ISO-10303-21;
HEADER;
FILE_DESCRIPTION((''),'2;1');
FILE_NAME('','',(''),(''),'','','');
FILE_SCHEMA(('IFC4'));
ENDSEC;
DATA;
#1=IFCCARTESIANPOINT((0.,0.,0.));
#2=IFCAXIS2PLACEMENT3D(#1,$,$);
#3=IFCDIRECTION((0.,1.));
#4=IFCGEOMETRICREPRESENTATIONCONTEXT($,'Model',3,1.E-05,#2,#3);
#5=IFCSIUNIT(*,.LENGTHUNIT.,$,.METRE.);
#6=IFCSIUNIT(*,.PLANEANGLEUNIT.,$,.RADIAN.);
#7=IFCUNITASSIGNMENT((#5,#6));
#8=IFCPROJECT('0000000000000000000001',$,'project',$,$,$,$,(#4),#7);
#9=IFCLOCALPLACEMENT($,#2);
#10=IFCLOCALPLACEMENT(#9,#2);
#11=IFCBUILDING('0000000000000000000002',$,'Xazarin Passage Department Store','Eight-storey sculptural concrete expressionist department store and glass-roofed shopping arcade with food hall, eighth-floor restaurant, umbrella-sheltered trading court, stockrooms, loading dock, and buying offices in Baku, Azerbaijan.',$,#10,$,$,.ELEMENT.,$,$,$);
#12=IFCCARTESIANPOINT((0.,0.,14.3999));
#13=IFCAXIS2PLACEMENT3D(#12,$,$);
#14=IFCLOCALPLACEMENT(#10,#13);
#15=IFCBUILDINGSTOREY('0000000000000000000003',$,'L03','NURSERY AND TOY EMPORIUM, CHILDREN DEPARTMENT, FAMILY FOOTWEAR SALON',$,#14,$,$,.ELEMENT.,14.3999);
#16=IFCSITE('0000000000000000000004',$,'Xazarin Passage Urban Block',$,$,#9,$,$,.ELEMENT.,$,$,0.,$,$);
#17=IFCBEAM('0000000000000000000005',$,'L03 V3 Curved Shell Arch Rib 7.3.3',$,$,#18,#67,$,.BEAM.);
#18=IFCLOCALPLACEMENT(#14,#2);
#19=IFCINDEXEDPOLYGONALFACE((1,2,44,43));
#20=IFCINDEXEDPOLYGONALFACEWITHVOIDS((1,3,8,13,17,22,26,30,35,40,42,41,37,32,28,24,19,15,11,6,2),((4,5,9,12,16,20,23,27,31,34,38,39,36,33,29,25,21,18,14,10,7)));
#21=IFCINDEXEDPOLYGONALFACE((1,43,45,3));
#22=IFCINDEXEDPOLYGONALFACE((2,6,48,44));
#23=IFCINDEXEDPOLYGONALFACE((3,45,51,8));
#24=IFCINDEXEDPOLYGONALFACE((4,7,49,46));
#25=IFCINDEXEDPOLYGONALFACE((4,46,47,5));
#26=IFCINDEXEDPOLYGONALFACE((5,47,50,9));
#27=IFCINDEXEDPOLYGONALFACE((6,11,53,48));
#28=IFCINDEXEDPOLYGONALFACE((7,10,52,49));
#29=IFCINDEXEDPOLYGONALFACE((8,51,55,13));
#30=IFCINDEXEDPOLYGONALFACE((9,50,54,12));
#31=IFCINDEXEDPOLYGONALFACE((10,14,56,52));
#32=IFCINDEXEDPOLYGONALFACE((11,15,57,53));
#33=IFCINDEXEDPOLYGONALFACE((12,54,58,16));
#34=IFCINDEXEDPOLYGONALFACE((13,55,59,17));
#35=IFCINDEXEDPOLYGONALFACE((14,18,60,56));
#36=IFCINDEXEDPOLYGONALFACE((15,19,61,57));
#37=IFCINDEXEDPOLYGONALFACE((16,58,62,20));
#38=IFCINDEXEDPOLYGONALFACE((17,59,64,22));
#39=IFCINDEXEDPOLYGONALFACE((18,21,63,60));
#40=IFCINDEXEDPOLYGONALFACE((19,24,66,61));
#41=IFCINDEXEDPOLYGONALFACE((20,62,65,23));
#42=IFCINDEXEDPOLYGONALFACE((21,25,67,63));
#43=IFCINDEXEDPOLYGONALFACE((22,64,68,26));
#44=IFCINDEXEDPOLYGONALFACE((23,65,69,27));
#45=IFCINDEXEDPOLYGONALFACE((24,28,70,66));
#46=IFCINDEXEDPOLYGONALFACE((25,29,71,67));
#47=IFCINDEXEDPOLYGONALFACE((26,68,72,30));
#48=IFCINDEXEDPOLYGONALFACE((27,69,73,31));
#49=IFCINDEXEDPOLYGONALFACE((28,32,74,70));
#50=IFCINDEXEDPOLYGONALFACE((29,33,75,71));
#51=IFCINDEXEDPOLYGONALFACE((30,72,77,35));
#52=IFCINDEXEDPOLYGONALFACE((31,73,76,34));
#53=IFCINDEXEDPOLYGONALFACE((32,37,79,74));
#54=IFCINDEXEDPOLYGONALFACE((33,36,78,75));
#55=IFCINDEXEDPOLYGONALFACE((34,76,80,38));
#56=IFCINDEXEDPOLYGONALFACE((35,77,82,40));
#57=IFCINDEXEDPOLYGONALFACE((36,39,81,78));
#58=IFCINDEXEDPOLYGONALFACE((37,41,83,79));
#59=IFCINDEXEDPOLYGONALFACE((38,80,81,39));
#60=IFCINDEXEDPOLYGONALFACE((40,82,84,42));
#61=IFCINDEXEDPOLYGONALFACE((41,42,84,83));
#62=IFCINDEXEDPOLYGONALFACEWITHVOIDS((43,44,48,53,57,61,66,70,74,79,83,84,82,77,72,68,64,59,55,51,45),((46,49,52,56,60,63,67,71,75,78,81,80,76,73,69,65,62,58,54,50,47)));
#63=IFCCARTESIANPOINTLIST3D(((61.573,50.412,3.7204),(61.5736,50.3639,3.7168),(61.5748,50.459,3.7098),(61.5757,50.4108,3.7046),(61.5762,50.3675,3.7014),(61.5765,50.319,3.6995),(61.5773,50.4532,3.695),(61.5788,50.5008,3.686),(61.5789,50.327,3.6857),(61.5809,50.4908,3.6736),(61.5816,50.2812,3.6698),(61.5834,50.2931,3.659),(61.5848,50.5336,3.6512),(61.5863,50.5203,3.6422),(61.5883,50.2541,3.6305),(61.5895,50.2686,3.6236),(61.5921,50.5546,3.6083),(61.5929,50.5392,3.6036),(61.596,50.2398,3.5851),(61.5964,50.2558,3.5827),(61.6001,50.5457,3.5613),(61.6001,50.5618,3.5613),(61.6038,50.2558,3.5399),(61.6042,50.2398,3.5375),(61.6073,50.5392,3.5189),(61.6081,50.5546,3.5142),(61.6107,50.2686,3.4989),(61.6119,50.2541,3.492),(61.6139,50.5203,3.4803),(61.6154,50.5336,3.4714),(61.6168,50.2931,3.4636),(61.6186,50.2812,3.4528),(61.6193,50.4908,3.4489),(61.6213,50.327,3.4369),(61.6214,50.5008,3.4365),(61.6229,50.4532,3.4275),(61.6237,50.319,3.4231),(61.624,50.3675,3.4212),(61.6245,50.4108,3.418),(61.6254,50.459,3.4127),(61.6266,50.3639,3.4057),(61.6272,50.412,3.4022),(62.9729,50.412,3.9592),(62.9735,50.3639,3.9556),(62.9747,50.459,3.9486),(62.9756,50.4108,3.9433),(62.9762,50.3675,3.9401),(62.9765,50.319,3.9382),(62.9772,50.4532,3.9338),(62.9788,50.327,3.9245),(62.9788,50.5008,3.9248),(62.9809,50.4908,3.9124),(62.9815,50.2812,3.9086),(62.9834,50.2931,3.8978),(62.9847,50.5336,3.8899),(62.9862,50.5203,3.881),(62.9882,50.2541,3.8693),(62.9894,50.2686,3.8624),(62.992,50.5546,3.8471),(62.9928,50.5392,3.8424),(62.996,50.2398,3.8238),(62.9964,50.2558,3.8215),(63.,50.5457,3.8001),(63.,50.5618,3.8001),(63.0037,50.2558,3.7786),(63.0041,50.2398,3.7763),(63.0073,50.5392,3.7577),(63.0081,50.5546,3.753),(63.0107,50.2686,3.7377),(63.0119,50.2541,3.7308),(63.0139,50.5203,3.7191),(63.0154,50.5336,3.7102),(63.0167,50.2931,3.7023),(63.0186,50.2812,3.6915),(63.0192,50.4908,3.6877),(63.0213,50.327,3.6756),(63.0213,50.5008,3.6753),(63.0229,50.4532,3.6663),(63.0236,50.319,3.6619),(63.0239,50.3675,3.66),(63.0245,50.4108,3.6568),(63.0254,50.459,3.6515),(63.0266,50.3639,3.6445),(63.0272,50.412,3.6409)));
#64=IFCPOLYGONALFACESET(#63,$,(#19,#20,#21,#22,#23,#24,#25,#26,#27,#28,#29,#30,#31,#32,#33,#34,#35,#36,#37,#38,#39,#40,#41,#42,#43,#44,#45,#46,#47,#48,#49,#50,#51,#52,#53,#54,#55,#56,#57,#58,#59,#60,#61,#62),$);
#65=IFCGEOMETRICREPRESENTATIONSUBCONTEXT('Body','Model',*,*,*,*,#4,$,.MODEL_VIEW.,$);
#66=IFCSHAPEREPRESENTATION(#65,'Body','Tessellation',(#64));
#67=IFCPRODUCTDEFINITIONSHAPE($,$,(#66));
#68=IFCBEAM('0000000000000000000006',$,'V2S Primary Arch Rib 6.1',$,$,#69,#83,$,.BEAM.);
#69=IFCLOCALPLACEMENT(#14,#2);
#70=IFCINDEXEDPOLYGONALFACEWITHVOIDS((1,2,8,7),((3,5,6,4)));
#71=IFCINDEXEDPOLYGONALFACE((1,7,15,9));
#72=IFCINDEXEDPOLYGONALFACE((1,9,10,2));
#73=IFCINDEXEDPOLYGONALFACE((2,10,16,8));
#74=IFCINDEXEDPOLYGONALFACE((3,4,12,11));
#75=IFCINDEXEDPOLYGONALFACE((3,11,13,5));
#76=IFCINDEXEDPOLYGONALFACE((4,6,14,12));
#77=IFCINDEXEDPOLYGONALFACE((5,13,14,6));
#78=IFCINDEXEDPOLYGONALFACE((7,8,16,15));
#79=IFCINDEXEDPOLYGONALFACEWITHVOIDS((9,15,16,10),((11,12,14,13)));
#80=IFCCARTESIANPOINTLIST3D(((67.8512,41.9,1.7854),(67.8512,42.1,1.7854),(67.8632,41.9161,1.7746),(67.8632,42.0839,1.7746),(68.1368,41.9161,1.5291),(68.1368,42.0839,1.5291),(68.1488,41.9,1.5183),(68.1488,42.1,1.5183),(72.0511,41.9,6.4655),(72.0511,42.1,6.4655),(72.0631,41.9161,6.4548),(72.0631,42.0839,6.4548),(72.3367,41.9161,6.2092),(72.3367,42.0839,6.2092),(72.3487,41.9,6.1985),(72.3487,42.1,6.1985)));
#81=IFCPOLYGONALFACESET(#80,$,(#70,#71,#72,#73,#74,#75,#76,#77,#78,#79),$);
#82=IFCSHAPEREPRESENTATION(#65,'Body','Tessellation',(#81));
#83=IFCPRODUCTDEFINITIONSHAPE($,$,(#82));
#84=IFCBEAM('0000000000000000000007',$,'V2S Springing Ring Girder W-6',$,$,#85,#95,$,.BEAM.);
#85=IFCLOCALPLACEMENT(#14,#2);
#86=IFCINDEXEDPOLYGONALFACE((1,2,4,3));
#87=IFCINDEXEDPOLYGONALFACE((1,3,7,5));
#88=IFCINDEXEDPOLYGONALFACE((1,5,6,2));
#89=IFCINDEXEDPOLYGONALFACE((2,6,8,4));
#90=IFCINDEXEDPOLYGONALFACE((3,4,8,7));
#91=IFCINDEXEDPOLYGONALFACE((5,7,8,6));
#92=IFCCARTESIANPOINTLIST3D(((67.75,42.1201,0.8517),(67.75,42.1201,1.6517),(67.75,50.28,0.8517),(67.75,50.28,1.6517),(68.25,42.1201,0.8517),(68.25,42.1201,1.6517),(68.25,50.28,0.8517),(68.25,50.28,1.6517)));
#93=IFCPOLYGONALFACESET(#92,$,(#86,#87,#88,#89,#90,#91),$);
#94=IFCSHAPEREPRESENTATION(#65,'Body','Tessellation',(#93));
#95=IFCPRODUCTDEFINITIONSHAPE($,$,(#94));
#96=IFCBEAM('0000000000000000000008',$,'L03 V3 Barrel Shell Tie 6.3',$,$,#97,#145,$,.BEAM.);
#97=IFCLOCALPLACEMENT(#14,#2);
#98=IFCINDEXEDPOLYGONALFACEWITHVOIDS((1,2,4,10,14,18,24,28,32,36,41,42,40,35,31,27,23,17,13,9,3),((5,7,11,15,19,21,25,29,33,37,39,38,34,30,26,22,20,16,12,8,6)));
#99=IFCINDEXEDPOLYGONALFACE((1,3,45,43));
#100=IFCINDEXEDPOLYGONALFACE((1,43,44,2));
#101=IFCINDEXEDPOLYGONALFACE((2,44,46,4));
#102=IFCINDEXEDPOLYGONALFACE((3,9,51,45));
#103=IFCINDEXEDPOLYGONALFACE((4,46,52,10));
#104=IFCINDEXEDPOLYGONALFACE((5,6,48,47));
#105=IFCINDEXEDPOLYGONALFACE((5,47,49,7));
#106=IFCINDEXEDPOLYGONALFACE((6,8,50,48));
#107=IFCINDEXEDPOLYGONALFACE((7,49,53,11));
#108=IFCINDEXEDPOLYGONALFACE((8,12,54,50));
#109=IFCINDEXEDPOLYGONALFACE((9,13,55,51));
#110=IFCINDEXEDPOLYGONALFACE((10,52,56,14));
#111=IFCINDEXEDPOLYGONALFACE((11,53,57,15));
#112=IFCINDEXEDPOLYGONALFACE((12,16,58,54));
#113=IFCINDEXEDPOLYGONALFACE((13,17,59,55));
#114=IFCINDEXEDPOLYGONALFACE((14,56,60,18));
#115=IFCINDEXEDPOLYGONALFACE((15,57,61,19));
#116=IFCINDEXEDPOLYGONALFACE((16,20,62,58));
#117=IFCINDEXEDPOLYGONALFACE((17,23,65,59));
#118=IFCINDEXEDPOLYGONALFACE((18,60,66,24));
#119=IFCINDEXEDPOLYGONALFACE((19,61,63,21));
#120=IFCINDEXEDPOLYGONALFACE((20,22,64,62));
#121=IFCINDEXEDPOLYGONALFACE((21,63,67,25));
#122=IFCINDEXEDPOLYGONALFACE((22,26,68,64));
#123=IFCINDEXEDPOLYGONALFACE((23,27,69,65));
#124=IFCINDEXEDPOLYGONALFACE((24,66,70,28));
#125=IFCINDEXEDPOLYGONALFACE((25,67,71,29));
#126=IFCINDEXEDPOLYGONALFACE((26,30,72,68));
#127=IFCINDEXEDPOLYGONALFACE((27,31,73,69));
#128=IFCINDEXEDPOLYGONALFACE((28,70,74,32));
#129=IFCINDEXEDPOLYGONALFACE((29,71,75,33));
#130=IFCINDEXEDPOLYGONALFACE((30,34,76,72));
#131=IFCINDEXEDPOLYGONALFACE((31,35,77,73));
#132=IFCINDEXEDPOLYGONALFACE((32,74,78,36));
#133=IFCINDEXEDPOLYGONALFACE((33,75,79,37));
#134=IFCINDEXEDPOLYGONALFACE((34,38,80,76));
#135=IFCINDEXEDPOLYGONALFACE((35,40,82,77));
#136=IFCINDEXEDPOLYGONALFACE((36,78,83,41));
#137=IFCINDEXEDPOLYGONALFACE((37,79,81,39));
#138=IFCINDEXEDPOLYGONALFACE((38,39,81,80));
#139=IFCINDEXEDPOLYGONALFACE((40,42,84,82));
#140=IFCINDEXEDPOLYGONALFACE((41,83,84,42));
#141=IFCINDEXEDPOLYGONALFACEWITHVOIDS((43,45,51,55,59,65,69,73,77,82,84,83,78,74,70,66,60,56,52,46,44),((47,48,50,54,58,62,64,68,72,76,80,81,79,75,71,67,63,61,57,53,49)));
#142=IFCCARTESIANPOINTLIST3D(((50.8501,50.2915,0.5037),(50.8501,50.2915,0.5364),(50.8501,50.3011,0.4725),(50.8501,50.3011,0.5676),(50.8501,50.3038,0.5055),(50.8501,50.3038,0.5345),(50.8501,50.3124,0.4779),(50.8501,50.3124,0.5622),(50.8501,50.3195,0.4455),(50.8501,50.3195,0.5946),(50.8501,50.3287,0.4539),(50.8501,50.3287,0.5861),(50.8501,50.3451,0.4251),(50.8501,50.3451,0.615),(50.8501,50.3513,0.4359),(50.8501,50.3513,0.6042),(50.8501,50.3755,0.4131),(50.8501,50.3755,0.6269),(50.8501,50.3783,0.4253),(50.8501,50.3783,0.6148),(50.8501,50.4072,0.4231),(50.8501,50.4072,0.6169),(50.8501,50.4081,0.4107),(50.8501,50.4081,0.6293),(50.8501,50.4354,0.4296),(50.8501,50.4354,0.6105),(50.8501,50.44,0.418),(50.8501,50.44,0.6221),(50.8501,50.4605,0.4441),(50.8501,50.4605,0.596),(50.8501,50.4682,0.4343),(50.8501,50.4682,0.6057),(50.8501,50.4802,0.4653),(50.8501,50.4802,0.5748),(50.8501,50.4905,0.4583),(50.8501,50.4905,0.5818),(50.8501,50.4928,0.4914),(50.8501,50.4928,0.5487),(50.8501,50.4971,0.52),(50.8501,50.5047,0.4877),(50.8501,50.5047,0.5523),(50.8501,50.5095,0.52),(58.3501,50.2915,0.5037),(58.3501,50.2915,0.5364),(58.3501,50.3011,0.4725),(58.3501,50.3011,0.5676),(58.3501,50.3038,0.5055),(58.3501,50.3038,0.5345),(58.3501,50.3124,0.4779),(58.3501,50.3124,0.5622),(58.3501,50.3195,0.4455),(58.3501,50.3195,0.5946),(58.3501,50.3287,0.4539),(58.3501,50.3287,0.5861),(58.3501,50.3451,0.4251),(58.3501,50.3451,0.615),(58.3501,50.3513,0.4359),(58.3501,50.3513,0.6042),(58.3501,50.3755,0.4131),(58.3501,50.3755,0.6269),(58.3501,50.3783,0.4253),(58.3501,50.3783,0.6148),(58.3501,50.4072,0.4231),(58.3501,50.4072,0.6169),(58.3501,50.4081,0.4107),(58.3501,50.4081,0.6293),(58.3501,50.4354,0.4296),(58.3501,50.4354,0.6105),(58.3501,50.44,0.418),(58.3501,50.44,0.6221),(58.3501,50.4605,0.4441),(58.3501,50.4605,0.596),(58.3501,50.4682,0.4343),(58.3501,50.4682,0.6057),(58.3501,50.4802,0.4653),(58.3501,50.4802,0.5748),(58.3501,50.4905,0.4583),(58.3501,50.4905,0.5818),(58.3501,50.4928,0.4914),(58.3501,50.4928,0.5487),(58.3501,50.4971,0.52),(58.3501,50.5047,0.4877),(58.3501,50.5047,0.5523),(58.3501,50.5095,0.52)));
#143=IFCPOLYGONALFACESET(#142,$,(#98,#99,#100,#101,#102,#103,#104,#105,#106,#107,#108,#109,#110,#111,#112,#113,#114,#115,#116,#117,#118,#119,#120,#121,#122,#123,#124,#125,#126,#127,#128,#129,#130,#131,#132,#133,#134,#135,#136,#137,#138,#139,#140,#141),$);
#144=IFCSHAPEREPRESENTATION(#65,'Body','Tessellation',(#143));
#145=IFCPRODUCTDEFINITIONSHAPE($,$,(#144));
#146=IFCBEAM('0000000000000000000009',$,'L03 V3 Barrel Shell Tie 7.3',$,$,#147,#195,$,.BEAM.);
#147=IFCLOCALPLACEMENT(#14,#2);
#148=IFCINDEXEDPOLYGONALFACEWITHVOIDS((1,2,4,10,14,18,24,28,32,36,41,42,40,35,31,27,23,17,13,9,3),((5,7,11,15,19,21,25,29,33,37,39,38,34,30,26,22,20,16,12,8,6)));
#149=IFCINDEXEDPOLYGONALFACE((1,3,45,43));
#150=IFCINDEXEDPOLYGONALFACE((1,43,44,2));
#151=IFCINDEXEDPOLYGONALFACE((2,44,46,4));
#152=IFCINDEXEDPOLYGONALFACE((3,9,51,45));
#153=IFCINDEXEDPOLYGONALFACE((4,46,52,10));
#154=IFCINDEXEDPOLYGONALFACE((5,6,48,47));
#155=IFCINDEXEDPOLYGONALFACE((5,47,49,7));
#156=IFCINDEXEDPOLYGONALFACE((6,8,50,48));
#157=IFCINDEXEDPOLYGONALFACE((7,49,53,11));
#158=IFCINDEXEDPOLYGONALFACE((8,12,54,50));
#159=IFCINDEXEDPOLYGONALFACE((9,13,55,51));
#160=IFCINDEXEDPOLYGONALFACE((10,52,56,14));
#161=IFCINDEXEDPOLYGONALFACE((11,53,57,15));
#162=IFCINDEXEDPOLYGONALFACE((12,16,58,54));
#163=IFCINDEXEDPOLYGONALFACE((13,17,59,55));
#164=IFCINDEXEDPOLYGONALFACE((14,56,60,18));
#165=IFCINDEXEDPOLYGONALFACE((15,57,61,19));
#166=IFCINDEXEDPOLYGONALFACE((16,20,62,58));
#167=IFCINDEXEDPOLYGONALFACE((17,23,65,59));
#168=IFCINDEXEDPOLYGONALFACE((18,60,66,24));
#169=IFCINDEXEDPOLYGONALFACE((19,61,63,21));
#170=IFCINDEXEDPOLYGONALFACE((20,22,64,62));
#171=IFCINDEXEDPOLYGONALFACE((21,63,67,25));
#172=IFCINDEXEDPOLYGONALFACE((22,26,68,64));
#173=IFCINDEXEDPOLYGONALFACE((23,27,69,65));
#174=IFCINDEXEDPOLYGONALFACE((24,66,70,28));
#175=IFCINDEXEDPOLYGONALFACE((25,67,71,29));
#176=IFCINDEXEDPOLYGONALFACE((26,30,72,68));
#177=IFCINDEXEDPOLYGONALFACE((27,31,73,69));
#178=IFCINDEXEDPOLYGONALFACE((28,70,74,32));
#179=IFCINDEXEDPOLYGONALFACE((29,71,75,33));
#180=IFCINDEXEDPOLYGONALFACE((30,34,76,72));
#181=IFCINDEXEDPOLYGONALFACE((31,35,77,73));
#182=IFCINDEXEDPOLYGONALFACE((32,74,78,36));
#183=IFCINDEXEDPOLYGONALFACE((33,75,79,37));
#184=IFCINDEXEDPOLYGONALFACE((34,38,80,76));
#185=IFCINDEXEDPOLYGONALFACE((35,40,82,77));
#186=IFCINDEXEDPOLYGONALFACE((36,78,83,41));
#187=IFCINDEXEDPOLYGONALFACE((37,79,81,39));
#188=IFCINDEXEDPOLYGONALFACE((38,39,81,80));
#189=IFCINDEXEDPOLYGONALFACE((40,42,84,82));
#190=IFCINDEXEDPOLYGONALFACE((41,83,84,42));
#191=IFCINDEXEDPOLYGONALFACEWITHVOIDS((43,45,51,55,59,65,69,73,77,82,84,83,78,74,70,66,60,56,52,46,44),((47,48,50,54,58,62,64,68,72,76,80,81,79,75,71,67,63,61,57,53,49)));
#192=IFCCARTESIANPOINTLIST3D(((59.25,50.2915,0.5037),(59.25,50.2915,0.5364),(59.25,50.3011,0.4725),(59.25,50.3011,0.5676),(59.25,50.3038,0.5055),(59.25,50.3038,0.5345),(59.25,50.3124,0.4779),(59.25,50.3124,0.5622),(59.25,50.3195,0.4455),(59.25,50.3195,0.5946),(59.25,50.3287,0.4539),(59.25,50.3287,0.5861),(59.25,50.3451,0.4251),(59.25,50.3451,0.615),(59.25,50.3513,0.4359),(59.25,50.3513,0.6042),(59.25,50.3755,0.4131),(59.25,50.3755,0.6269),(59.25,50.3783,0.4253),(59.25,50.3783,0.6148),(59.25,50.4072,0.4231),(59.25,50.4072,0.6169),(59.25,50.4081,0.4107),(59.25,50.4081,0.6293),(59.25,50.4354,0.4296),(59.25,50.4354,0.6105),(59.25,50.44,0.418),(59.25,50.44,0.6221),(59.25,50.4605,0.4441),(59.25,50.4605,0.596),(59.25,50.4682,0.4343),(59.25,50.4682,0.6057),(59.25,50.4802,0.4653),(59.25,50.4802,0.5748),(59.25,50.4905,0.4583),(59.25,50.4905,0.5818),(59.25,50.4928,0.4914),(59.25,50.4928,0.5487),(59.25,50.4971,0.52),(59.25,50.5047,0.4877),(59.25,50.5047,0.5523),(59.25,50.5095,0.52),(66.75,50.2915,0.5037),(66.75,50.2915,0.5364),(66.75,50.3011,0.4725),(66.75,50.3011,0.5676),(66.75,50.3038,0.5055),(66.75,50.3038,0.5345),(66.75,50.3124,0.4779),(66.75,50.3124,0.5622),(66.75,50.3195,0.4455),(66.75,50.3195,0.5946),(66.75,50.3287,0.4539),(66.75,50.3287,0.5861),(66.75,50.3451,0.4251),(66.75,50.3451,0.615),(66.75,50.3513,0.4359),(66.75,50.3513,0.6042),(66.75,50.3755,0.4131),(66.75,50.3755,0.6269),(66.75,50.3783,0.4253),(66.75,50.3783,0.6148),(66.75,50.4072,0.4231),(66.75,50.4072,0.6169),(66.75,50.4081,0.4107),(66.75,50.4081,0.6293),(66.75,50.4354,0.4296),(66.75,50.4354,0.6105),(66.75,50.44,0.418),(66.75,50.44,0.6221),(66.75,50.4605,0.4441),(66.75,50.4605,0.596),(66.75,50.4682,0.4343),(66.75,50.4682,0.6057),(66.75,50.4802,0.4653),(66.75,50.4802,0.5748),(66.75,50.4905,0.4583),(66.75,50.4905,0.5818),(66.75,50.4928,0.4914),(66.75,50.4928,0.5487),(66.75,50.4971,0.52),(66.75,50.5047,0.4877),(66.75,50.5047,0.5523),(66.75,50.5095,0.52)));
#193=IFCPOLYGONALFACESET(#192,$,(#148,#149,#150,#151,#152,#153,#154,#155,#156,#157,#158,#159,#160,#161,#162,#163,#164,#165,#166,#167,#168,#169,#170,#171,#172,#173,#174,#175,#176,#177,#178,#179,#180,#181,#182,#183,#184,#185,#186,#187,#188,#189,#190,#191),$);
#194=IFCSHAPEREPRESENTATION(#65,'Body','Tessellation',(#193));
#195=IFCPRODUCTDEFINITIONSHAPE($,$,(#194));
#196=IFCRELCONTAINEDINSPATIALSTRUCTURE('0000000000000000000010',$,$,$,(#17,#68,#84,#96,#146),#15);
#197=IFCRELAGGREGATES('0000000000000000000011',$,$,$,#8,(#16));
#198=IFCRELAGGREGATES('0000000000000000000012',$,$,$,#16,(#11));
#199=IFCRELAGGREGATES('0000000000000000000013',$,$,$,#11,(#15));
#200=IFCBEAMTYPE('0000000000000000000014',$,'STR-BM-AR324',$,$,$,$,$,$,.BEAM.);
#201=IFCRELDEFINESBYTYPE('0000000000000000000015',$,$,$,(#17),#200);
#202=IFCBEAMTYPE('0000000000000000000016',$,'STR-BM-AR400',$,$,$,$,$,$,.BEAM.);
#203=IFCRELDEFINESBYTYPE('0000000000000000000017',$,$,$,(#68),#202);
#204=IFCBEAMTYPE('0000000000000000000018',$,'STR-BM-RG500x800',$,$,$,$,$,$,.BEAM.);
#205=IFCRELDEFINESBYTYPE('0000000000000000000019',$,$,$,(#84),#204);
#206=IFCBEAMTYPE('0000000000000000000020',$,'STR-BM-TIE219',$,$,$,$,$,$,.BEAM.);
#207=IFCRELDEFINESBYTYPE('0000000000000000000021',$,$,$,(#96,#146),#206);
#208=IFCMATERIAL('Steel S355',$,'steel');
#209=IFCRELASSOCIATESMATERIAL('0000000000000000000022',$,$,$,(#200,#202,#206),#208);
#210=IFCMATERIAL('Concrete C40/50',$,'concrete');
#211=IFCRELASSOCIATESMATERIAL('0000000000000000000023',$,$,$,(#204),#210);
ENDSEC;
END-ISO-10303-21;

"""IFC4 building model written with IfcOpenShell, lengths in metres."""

from ifc_helpers import new_model, si_unit, direction, frame, origin, origin_2d, place, context, subcontext, project, spatial, rectangle, hollow_rectangle, hollow_circle, extrude, material, material_profile, profile_set, type_object, element, save


model = new_model("IFC4")

# Units and contexts
model_context = context("Model", 3, precision=1e-05, world=origin(), true_north=direction((0.0, 1.0)))
body_context = subcontext(model_context, "Body", "Model", "MODEL_VIEW")
ifc_project = project(units=[si_unit("LENGTHUNIT", "METRE"), si_unit("PLANEANGLEUNIT", "RADIAN")], contexts=[model_context])

# Site, building, storey
site_placement = place(None, origin())
site = spatial("IfcSite", under=ifc_project, at=site_placement, Name="Xazarin Passage Urban Block", CompositionType="ELEMENT", RefElevation=0.0)
building_placement = place(site_placement, origin())
building = spatial("IfcBuilding", under=site, at=building_placement, Name="Xazarin Passage Department Store", Description="Eight-storey sculptural concrete expressionist department store and glass-roofed shopping arcade with food hall, eighth-floor restaurant, umbrella-sheltered trading court, stockrooms, loading dock, and buying offices in Baku, Azerbaijan.", CompositionType="ELEMENT")
storey_placement = place(building_placement, frame((0.0, 0.0, 14.3999)))
storey = spatial("IfcBuildingStorey", under=building, at=storey_placement, Name="L03", Description="NURSERY AND TOY EMPORIUM, CHILDREN DEPARTMENT, FAMILY FOOTWEAR SALON", CompositionType="ELEMENT", Elevation=14.3999)

# Beams
ifc_material_1 = material(Name="Steel S355", Category="steel")
ifc_material_profile_1 = material_profile(ifc_material_1, hollow_circle(Radius=0.1619, WallThickness=0.0161, at=origin_2d()), Name="CHS 323.9x16")
ifc_profile_set_1 = profile_set([ifc_material_profile_1], Name="Steel S355")
beam_type_1 = type_object("IfcBeamType", Name="STR-BM-AR324", PredefinedType="BEAM", material=ifc_profile_set_1)
beam_1_placement = place(storey_placement, frame((61.6001, 50.3999, 3.5613), z_axis=(0.985764, 0.0, 0.168133), x_axis=(0.0, 1.0, 0.0)))
element("IfcBeam", 1, at=beam_1_placement, inside=storey, type_object=beam_type_1, Name="L03 V3 Curved Shell Arch Rib 7.3.3", PredefinedType="BEAM", context=body_context, shape_type="SweptSolid", body=[
    extrude(hollow_circle(Radius=0.1619, WallThickness=0.0161, at=origin_2d()), origin(), (0.0, 0.0, 1.0), 1.4202),
])
ifc_material_profile_2 = material_profile(ifc_material_1, hollow_rectangle(XDim=0.2, YDim=0.3999, WallThickness=0.0161, at=origin_2d()), Name="RHS 400x200x16")
ifc_profile_set_2 = profile_set([ifc_material_profile_2], Name="Steel S355")
beam_type_2 = type_object("IfcBeamType", Name="STR-BM-AR400", PredefinedType="BEAM", material=ifc_profile_set_2)
beam_2_placement = place(storey_placement, frame((68.0, 42.0, 1.6519), z_axis=(0.667892, 0.0, 0.744259), x_axis=(0.0, 1.0, 0.0)))
element("IfcBeam", 2, at=beam_2_placement, inside=storey, type_object=beam_type_2, Name="V2S Primary Arch Rib 6.1", PredefinedType="BEAM", context=body_context, shape_type="SweptSolid", body=[
    extrude(hollow_rectangle(XDim=0.2, YDim=0.3999, WallThickness=0.0161, at=origin_2d()), origin(), (0.0, 0.0, 1.0), 6.2883),
])
ifc_material_2 = material(Name="Concrete C40/50", Category="concrete")
ifc_material_profile_3 = material_profile(ifc_material_2, rectangle(XDim=0.5, YDim=0.8, at=origin_2d()), Name="RC 500x800")
ifc_profile_set_3 = profile_set([ifc_material_profile_3], Name="Concrete C40/50")
beam_type_3 = type_object("IfcBeamType", Name="STR-BM-RG500x800", PredefinedType="BEAM", material=ifc_profile_set_3)
beam_3_placement = place(storey_placement, frame((68.0, 42.1201, 1.2517), z_axis=(0.0, 1.0, 0.0), x_axis=(-1.0, 0.0, 0.0)))
element("IfcBeam", 3, at=beam_3_placement, inside=storey, type_object=beam_type_3, Name="V2S Springing Ring Girder W-6", PredefinedType="BEAM", context=body_context, shape_type="SweptSolid", body=[
    extrude(rectangle(XDim=0.5, YDim=0.8, at=origin_2d()), origin(), (0.0, 0.0, 1.0), 8.1599),
])
ifc_material_profile_4 = material_profile(ifc_material_1, hollow_circle(Radius=0.1096, WallThickness=0.0125, at=origin_2d()), Name="CHS 219.1x12.5")
ifc_profile_set_4 = profile_set([ifc_material_profile_4], Name="Steel S355")
beam_type_4 = type_object("IfcBeamType", Name="STR-BM-TIE219", PredefinedType="BEAM", material=ifc_profile_set_4)
for number, where, z_axis, x_axis, name in (
    (4, (50.8501, 50.3999, 0.52), (1.0, 0.0, 0.0), (0.0, 1.0, 0.0), "L03 V3 Barrel Shell Tie 6.3"),
    (5, (59.25, 50.3999, 0.52), (1.0, 0.0, 0.0), (0.0, 1.0, 0.0), "L03 V3 Barrel Shell Tie 7.3"),
):
    element("IfcBeam", number, at=place(storey_placement, frame(where, z_axis=z_axis, x_axis=x_axis)), inside=storey, type_object=beam_type_4, Name=name, PredefinedType="BEAM", context=body_context, shape_type="SweptSolid", body=[
        extrude(hollow_circle(Radius=0.1096, WallThickness=0.0125, at=origin_2d()), origin(), (0.0, 0.0, 1.0), 7.5),
    ])

save(model, "model.ifc")
